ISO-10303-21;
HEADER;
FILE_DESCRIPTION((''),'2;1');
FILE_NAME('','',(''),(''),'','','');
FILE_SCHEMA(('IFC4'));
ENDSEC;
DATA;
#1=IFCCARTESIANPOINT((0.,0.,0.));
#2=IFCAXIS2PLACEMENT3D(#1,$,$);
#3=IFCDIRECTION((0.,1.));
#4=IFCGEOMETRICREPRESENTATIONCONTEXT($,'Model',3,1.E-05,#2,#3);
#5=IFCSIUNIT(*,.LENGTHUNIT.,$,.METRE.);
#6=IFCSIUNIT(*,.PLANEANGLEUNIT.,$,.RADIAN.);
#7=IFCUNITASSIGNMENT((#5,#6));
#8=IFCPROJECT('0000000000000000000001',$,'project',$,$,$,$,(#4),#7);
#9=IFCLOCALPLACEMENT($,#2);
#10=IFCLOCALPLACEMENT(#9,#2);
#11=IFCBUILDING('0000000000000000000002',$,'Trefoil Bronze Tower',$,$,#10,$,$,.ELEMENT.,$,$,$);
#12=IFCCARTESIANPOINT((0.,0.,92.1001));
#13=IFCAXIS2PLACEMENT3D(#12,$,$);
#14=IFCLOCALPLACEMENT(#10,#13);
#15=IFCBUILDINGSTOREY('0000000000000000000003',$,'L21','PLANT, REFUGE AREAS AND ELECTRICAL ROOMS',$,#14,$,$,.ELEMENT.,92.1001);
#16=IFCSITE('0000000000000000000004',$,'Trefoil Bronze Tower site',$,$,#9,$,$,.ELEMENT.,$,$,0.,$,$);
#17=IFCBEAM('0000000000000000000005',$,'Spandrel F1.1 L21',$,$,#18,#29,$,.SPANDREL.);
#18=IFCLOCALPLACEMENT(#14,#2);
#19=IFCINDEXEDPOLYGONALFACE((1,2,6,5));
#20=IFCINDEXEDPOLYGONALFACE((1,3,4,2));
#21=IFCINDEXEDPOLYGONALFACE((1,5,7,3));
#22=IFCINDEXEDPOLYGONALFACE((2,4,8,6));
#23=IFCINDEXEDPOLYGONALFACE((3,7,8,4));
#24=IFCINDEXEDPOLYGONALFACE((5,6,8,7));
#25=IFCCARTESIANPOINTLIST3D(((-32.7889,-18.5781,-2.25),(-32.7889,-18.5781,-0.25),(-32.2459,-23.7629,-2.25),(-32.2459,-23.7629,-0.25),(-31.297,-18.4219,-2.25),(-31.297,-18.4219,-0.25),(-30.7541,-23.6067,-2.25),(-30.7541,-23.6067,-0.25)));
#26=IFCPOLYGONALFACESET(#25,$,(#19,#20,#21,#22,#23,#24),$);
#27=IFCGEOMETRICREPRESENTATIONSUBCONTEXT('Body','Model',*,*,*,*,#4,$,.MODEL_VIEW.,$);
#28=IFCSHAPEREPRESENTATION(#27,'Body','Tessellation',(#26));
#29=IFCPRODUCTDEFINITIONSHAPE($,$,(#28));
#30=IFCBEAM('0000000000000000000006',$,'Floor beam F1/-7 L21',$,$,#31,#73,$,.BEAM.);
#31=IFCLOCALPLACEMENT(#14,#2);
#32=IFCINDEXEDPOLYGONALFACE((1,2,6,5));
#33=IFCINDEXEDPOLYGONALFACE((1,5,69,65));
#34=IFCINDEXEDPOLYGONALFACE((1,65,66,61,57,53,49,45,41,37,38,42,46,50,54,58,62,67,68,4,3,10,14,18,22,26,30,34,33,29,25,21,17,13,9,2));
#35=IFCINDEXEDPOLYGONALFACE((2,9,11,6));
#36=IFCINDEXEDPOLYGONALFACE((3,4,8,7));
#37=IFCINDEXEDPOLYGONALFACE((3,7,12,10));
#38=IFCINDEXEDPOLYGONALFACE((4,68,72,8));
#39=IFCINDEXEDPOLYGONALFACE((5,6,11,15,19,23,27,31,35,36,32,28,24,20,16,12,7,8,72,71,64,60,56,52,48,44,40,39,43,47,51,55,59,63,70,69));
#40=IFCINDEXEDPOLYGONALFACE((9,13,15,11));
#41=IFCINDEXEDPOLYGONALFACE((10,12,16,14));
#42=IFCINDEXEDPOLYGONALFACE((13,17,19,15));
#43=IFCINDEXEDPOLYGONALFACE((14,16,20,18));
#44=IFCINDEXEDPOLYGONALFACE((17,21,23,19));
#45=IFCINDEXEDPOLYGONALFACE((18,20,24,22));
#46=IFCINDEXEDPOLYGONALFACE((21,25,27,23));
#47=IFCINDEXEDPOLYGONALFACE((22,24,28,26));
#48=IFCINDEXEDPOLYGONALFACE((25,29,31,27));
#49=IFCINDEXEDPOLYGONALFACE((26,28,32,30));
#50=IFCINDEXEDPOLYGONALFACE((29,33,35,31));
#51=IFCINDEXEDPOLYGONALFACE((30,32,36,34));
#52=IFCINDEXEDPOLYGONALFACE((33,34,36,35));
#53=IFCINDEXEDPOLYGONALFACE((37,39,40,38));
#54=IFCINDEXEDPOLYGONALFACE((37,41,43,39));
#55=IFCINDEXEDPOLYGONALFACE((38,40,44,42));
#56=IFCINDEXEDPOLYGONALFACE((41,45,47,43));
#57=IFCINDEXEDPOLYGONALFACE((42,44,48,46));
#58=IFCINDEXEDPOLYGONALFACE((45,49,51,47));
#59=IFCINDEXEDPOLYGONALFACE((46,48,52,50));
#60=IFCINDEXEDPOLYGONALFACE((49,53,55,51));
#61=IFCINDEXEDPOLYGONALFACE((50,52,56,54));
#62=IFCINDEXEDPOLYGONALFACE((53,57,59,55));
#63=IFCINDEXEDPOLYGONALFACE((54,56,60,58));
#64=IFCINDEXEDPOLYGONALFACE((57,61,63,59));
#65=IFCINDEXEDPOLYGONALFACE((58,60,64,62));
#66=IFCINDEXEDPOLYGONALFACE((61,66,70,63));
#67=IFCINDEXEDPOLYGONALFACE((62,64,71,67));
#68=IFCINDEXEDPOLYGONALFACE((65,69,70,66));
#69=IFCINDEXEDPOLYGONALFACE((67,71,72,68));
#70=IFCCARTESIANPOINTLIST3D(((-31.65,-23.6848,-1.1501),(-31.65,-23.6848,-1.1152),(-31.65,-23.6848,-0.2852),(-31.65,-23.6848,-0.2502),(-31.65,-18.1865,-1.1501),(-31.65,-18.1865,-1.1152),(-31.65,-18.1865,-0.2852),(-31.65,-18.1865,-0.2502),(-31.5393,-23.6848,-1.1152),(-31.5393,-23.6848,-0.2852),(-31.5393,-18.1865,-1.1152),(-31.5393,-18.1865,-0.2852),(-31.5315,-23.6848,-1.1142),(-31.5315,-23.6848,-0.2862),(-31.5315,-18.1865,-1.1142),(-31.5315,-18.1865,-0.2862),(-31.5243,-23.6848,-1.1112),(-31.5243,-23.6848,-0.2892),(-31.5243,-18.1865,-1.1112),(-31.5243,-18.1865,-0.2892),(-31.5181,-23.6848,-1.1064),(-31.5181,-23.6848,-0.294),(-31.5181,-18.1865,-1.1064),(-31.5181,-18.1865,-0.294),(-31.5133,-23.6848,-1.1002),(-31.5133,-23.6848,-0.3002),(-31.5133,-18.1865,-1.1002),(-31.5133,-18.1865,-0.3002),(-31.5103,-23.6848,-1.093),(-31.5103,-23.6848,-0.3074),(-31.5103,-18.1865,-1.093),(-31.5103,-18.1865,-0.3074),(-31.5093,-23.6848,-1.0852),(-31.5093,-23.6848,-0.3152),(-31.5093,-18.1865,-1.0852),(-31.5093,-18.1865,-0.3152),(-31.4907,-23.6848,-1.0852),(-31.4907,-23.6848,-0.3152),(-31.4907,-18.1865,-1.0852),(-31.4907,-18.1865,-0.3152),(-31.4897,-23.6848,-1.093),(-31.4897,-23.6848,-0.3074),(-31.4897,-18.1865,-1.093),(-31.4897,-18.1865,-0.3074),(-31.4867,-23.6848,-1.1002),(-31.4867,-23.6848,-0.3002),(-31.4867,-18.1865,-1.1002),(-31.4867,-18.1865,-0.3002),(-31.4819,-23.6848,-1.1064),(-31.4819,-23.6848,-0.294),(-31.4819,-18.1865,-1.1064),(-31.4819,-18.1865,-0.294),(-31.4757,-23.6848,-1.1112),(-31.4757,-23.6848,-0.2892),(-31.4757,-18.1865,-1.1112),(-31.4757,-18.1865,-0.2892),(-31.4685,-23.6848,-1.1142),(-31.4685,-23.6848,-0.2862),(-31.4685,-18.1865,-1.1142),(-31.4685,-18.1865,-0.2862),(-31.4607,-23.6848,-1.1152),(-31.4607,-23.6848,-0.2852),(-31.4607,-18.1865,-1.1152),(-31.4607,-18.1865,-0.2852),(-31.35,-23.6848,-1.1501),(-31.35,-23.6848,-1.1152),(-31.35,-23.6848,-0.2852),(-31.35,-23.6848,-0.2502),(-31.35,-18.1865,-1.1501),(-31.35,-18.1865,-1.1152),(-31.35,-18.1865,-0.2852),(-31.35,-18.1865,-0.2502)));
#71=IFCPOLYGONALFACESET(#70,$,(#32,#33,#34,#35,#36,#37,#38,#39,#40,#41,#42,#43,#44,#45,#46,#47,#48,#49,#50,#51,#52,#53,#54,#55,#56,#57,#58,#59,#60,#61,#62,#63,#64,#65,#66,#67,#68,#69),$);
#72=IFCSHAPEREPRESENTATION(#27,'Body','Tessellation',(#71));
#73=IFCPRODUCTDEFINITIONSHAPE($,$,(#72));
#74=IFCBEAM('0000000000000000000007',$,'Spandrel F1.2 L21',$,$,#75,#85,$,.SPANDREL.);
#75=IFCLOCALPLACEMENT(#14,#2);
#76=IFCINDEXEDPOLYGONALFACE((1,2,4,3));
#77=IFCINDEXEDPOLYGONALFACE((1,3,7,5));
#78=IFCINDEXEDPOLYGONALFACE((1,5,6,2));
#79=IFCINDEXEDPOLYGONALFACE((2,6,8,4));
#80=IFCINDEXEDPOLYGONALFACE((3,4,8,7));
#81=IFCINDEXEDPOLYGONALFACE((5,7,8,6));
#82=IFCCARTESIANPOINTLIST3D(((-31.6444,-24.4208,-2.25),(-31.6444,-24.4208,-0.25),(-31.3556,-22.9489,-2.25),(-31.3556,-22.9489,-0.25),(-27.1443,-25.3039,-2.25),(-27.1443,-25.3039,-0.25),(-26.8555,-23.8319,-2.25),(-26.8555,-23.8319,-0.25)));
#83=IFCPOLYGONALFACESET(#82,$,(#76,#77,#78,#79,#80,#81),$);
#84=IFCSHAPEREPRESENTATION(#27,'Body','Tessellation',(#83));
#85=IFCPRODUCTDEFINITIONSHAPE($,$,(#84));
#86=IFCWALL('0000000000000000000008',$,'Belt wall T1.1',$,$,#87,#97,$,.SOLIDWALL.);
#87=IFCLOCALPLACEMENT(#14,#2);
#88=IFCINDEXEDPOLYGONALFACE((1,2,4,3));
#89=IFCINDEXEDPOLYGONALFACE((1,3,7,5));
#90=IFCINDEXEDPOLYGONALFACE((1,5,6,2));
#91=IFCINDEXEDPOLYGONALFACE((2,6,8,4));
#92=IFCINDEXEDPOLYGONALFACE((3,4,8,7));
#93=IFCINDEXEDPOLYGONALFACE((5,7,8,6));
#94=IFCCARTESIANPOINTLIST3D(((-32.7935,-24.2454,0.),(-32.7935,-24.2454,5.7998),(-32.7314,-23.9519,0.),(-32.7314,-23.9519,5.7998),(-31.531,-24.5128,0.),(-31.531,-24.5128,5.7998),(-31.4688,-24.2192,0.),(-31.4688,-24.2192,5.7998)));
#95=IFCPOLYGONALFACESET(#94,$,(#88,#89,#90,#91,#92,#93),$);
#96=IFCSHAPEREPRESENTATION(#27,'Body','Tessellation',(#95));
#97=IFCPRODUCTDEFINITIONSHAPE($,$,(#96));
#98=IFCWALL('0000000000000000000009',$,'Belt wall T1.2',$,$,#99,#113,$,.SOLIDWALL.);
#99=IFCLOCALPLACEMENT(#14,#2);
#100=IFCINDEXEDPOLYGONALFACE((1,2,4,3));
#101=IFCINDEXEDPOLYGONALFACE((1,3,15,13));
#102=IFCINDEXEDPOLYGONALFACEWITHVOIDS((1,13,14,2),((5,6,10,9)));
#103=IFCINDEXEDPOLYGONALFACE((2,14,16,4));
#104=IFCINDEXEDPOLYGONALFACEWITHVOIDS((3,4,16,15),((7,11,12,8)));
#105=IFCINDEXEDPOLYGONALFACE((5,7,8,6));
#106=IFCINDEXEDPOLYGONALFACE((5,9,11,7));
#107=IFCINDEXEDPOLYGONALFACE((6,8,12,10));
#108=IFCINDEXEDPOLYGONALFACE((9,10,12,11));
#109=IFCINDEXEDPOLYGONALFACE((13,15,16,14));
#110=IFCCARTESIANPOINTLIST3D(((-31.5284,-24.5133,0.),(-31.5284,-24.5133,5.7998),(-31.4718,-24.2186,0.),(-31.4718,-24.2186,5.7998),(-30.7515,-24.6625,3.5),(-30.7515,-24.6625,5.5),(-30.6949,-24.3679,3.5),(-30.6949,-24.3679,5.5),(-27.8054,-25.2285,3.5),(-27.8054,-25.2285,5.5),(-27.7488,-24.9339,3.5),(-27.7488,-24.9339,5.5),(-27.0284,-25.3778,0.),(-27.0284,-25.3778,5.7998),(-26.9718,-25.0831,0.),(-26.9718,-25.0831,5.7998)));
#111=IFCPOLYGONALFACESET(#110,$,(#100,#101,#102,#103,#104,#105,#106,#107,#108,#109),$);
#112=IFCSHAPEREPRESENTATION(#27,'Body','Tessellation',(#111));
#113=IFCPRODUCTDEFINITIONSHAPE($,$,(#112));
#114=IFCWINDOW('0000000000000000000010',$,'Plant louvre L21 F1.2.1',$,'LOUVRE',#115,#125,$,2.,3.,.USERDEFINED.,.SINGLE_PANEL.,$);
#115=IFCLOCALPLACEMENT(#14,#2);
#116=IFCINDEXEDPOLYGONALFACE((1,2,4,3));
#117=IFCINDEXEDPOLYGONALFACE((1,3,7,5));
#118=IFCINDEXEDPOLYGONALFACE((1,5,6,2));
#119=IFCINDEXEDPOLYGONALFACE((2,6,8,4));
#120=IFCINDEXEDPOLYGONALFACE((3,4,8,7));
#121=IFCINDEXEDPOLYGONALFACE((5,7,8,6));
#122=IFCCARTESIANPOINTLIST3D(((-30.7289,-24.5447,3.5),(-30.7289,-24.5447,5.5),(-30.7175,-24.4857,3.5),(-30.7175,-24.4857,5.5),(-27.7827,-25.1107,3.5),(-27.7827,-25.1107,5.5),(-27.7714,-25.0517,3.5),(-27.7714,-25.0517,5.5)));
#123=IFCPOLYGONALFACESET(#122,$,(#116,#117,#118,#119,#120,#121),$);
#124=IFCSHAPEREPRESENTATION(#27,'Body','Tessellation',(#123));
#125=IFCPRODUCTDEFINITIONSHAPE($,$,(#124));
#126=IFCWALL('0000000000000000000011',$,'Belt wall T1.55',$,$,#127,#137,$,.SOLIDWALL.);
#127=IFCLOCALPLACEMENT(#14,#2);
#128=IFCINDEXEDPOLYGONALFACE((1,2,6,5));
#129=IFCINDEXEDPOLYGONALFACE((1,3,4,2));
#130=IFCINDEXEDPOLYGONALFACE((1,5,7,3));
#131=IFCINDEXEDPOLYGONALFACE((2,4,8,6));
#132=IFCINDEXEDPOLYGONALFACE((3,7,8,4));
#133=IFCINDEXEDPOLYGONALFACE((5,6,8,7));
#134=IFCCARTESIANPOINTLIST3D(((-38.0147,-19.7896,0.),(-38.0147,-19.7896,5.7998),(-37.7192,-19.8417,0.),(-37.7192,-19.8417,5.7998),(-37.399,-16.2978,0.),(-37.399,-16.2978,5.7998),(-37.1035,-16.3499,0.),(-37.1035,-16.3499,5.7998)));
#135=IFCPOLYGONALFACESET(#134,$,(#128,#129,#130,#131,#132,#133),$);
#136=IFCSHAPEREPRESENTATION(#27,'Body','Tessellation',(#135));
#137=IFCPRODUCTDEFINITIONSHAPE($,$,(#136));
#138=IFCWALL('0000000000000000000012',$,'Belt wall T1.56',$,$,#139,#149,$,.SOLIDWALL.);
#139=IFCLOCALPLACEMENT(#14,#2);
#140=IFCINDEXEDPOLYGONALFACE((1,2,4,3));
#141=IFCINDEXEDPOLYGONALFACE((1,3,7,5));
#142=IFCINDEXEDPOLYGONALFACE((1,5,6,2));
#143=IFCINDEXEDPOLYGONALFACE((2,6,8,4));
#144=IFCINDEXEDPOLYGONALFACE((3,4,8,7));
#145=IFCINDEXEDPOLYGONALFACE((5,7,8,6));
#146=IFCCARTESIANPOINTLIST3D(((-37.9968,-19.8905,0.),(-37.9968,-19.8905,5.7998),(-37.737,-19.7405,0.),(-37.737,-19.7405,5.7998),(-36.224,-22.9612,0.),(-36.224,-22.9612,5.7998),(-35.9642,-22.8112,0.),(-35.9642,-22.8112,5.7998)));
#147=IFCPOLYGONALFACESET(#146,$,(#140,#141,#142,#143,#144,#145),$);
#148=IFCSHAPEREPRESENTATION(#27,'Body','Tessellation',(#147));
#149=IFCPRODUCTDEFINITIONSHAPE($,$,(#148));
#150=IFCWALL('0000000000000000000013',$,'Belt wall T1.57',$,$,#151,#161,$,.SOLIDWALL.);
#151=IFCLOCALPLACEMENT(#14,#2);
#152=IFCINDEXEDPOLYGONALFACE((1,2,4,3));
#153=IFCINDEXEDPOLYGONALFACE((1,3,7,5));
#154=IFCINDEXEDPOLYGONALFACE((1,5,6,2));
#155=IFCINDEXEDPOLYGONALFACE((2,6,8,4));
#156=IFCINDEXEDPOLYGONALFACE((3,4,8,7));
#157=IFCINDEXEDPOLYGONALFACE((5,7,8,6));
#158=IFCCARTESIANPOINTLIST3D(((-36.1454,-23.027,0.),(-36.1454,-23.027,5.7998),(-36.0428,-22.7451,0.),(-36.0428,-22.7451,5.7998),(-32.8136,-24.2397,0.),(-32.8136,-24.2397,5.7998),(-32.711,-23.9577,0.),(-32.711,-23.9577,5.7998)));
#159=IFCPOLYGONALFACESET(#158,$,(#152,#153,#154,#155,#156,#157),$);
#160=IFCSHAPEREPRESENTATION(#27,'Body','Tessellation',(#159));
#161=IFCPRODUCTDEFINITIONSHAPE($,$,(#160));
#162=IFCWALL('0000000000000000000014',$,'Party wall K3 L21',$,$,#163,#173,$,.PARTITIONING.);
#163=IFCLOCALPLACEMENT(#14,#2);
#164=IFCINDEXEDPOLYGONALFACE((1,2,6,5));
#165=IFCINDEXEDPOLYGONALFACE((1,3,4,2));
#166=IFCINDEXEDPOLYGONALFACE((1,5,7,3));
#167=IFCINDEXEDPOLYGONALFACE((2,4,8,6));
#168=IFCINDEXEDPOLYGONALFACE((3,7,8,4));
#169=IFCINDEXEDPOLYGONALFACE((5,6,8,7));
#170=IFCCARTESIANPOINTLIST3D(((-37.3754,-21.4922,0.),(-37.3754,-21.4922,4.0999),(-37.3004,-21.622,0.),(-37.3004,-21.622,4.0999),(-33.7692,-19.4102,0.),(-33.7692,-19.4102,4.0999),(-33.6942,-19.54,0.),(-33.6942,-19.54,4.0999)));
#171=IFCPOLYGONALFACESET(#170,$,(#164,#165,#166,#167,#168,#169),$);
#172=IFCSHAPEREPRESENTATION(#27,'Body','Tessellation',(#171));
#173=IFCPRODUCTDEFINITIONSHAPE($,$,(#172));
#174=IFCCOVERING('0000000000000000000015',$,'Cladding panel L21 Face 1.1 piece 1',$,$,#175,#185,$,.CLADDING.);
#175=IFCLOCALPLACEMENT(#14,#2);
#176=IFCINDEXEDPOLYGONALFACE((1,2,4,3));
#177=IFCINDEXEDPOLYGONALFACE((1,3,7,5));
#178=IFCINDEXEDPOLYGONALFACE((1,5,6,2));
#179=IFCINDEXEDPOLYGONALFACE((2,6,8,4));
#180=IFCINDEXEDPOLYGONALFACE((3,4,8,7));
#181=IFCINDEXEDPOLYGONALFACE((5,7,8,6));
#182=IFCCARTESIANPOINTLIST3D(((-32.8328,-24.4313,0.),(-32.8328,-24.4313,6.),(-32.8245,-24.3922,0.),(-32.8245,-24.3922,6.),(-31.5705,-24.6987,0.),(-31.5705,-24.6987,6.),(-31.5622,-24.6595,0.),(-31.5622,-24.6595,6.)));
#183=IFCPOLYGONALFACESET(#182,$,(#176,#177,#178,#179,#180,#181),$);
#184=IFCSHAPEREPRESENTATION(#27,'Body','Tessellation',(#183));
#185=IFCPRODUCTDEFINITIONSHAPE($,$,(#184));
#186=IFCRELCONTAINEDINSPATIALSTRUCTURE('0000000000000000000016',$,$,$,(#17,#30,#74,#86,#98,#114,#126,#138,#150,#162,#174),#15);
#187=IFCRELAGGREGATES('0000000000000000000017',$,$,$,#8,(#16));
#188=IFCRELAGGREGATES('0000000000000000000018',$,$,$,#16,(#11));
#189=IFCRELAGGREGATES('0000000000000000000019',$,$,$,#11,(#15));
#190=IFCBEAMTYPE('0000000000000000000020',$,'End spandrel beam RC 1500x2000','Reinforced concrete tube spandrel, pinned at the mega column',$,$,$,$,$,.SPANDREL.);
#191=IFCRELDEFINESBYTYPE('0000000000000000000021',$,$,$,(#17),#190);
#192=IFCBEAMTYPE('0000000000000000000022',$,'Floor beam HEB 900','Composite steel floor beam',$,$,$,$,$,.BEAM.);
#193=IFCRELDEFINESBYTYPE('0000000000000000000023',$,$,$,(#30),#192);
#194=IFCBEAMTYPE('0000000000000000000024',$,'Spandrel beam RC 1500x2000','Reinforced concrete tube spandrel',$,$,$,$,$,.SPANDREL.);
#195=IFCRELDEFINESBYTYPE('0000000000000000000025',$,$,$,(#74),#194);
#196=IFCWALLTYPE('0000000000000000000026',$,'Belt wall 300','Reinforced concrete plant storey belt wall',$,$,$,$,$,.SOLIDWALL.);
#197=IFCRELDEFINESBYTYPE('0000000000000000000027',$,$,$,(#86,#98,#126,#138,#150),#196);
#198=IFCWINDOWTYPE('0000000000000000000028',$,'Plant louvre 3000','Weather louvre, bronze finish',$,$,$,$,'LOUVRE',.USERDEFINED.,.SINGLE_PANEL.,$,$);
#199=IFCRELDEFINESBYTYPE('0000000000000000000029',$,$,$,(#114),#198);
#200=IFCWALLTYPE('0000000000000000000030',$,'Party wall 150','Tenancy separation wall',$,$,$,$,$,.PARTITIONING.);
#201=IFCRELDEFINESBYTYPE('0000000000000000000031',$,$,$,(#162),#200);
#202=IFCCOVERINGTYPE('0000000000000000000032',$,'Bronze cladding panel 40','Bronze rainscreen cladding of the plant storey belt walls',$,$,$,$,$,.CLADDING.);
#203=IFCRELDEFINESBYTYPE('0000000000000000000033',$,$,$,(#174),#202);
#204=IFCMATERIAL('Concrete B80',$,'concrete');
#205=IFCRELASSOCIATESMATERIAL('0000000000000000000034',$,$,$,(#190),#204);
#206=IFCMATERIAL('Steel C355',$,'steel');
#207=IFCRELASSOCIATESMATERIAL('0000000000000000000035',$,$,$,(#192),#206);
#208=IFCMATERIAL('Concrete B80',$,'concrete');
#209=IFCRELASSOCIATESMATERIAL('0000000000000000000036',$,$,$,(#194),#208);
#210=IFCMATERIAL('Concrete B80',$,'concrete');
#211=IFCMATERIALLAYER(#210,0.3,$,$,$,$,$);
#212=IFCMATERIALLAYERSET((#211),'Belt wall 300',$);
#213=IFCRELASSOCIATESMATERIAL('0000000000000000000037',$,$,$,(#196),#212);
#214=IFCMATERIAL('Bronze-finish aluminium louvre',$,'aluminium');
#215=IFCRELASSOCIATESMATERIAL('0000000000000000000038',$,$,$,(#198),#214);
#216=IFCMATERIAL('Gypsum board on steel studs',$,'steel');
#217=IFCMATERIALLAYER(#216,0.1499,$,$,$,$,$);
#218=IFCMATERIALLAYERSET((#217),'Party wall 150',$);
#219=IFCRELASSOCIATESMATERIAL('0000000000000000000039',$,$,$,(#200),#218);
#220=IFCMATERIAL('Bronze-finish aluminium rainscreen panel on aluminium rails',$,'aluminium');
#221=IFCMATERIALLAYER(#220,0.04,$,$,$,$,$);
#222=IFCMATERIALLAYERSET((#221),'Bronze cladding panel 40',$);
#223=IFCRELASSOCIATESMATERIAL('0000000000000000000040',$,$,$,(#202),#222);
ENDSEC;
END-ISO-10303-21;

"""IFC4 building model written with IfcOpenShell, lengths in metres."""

from ifc_helpers import new_model, si_unit, direction, frame, frame_2d, origin, origin_2d, place, context, subcontext, project, spatial, rectangle, i_section, extrude, material, layer, layer_set, material_profile, profile_set, type_object, element, fill, save


model = new_model("IFC4")

# Units and contexts
model_context = context("Model", 3, precision=1e-05, world=origin(), true_north=direction((0.0, 1.0)))
body_context = subcontext(model_context, "Body", "Model", "MODEL_VIEW")
ifc_project = project(units=[si_unit("LENGTHUNIT", "METRE"), si_unit("PLANEANGLEUNIT", "RADIAN")], contexts=[model_context])

# Site, building, storey
site_placement = place(None, origin())
site = spatial("IfcSite", under=ifc_project, at=site_placement, Name="Trefoil Bronze Tower site", CompositionType="ELEMENT", RefElevation=0.0)
building_placement = place(site_placement, origin())
building = spatial("IfcBuilding", under=site, at=building_placement, Name="Trefoil Bronze Tower", CompositionType="ELEMENT")
storey_placement = place(building_placement, frame((0.0, 0.0, 92.1001)))
storey = spatial("IfcBuildingStorey", under=building, at=storey_placement, Name="L21", Description="PLANT, REFUGE AREAS AND ELECTRICAL ROOMS", CompositionType="ELEMENT", Elevation=92.1001)

# Beams
ifc_material_1 = material(Name="Concrete B80", Category="concrete")
ifc_material_profile_1 = material_profile(ifc_material_1, rectangle(XDim=1.5, YDim=2.0, at=origin_2d()), Name="RC 1500x2000")
ifc_profile_set_1 = profile_set([ifc_material_profile_1], Name="Concrete B80")
beam_type_1 = type_object("IfcBeamType", Name="End spandrel beam RC 1500x2000", Description="Reinforced concrete tube spandrel, pinned at the mega column", PredefinedType="SPANDREL", material=ifc_profile_set_1)
beam_1_placement = place(storey_placement, frame((-32.043, -18.5, -1.25), z_axis=(0.104153, -0.994561, 0.0), x_axis=(0.994561, 0.104153, 0.0)))
element("IfcBeam", 1, at=beam_1_placement, inside=storey, type_object=beam_type_1, Name="Spandrel F1.1 L21", PredefinedType="SPANDREL", context=body_context, shape_type="SweptSolid", body=[
    extrude(rectangle(XDim=1.5, YDim=2.0, at=origin_2d()), origin(), (0.0, 0.0, 1.0), 5.2131),
])
ifc_material_2 = material(Name="Steel C355", Category="steel")
ifc_material_profile_2 = material_profile(ifc_material_2, i_section(OverallWidth=0.3, OverallDepth=0.8999, WebThickness=0.0186, FlangeThickness=0.0349, FilletRadius=0.03, at=origin_2d()), Name="HEB 900")
ifc_profile_set_2 = profile_set([ifc_material_profile_2], Name="Steel C355")
beam_type_2 = type_object("IfcBeamType", Name="Floor beam HEB 900", Description="Composite steel floor beam", PredefinedType="BEAM", material=ifc_profile_set_2)
beam_2_placement = place(storey_placement, frame((-31.5, -23.6848, -0.7002), z_axis=(0.0, 1.0, 0.0), x_axis=(-1.0, 0.0, 0.0)))
element("IfcBeam", 2, at=beam_2_placement, inside=storey, type_object=beam_type_2, Name="Floor beam F1/-7 L21", PredefinedType="BEAM", context=body_context, shape_type="SweptSolid", body=[
    extrude(i_section(OverallWidth=0.3, OverallDepth=0.8999, WebThickness=0.0186, FlangeThickness=0.0349, FilletRadius=0.03, at=origin_2d()), origin(), (0.0, 0.0, 1.0), 5.4983),
])
ifc_material_3 = material(Name="Concrete B80", Category="concrete")
ifc_material_profile_3 = material_profile(ifc_material_3, rectangle(XDim=1.5, YDim=2.0, at=origin_2d()), Name="RC 1500x2000")
ifc_profile_set_3 = profile_set([ifc_material_profile_3], Name="Concrete B80")
beam_type_3 = type_object("IfcBeamType", Name="Spandrel beam RC 1500x2000", Description="Reinforced concrete tube spandrel", PredefinedType="SPANDREL", material=ifc_profile_set_3)
beam_3_placement = place(storey_placement, frame((-31.5, -23.6848, -1.25), z_axis=(0.981285, -0.192562, 0.0), x_axis=(0.192562, 0.981285, 0.0)))
element("IfcBeam", 3, at=beam_3_placement, inside=storey, type_object=beam_type_3, Name="Spandrel F1.2 L21", PredefinedType="SPANDREL", context=body_context, shape_type="SweptSolid", body=[
    extrude(rectangle(XDim=1.5, YDim=2.0, at=origin_2d()), origin(), (0.0, 0.0, 1.0), 4.5859),
])

# Wall
ifc_material_4 = material(Name="Concrete B80", Category="concrete")
ifc_layer_1 = layer(ifc_material_4, 0.3)
ifc_layer_set_1 = layer_set([ifc_layer_1], Name="Belt wall 300")
wall_type_1 = type_object("IfcWallType", Name="Belt wall 300", Description="Reinforced concrete plant storey belt wall", PredefinedType="SOLIDWALL", material=ifc_layer_set_1)
wall_1_placement = place(storey_placement, frame((-32.7625, -24.0986, 0.0), z_axis=(0.0, 0.0, 1.0), x_axis=(0.978306, -0.207164, 0.0)))
element("IfcWall", 4, at=wall_1_placement, inside=storey, type_object=wall_type_1, Name="Belt wall T1.1", PredefinedType="SOLIDWALL", context=body_context, shape_type="SweptSolid", body=[
    extrude(rectangle(XDim=1.2905, YDim=0.3, at=frame_2d((0.6453, 0.0))), origin(), (0.0, 0.0, 1.0), 5.7998),
])

# Wall, opening, window
wall_2_placement = place(storey_placement, frame((-31.5, -24.366, 0.0), z_axis=(0.0, 0.0, 1.0), x_axis=(0.982042, -0.188662, 0.0)))
wall_2 = element("IfcWall", 5, at=wall_2_placement, inside=storey, type_object=wall_type_1, Name="Belt wall T1.2", PredefinedType="SOLIDWALL", context=body_context, shape_type="SweptSolid", body=[
    extrude(rectangle(XDim=4.5823, YDim=0.3, at=frame_2d((2.291, 0.0))), origin(), (0.0, 0.0, 1.0), 5.7998),
])
opening_placement = place(wall_2_placement, frame((0.791, 0.0, 3.5)))
opening = element("IfcOpeningElement", 6, at=opening_placement, cuts=wall_2, PredefinedType="OPENING", context=body_context, shape_type="SweptSolid", body=[
    extrude(rectangle(XDim=3.0, YDim=2.0, at=frame_2d((1.5, 1.0))), frame((0.0, 0.1599, 0.0), z_axis=(0.0, -1.0, 0.0), x_axis=(1.0, 0.0, 0.0)), (0.0, 0.0, 1.0), 0.3201),
])
ifc_material_5 = material(Name="Bronze-finish aluminium louvre", Category="aluminium")
window_type = type_object("IfcWindowType", Name="Plant louvre 3000", Description="Weather louvre, bronze finish", ElementType="LOUVRE", PartitioningType="SINGLE_PANEL", PredefinedType="USERDEFINED", material=ifc_material_5)
window_placement = place(opening_placement, origin())
window = element("IfcWindow", 7, at=window_placement, inside=storey, type_object=window_type, Name="Plant louvre L21 F1.2.1", ObjectType="LOUVRE", OverallHeight=2.0, OverallWidth=3.0, PartitioningType="SINGLE_PANEL", PredefinedType="USERDEFINED", context=body_context, shape_type="SweptSolid", body=[
    extrude(rectangle(XDim=3.0, YDim=2.0, at=frame_2d((1.5, 1.0))), frame((0.0, 0.03, 0.0), z_axis=(0.0, -1.0, 0.0), x_axis=(1.0, 0.0, 0.0)), (0.0, 0.0, 1.0), 0.0601),
])
fill(opening, window)

# Walls
for number, where, z_axis, x_axis, name in (
    (8, (-37.2512, -16.3237, 0.0), (0.0, 0.0, 1.0), (-0.17366, -0.984806, 0.0), "Belt wall T1.55"),
    (9, (-37.8669, -19.8154, 0.0), (0.0, 0.0, 1.0), (0.499983, -0.866035, 0.0), "Belt wall T1.56"),
    (10, (-36.0942, -22.886, 0.0), (0.0, 0.0, 1.0), (0.939695, -0.342014, 0.0), "Belt wall T1.57"),
):
    element("IfcWall", number, at=place(storey_placement, frame(where, z_axis=z_axis, x_axis=x_axis)), inside=storey, type_object=wall_type_1, Name=name, PredefinedType="SOLIDWALL", context=body_context, shape_type="SweptSolid", body=[
        extrude(rectangle(XDim=3.5457, YDim=0.3, at=frame_2d((1.7729, 0.0))), origin(), (0.0, 0.0, 1.0), 5.7998),
    ])
ifc_material_6 = material(Name="Gypsum board on steel studs", Category="steel")
ifc_layer_2 = layer(ifc_material_6, 0.1499)
ifc_layer_set_2 = layer_set([ifc_layer_2], Name="Party wall 150")
wall_type_2 = type_object("IfcWallType", Name="Party wall 150", Description="Tenancy separation wall", PredefinedType="PARTITIONING", material=ifc_layer_set_2)
wall_3_placement = place(storey_placement, frame((-33.7317, -19.4751, 0.0), z_axis=(0.0, 0.0, 1.0), x_axis=(-0.866026, -0.499998, 0.0)))
element("IfcWall", 11, at=wall_3_placement, inside=storey, type_object=wall_type_2, Name="Party wall K3 L21", PredefinedType="PARTITIONING", context=body_context, shape_type="SweptSolid", body=[
    extrude(rectangle(XDim=4.1641, YDim=0.1499, at=frame_2d((2.082, 0.0))), origin(), (0.0, 0.0, 1.0), 4.0999),
])

# Covering
ifc_material_7 = material(Name="Bronze-finish aluminium rainscreen panel on aluminium rails", Category="aluminium")
ifc_layer_3 = layer(ifc_material_7, 0.04)
ifc_layer_set_3 = layer_set([ifc_layer_3], Name="Bronze cladding panel 40")
covering_type_1 = type_object("IfcCoveringType", Name="Bronze cladding panel 40", Description="Bronze rainscreen cladding of the plant storey belt walls", PredefinedType="CLADDING", material=ifc_layer_set_3)
covering_1_placement = place(storey_placement, frame((-32.1975, -24.5454, 0.0), z_axis=(0.0, 0.0, 1.0), x_axis=(0.978303, -0.207181, 0.0)))
element("IfcCovering", 12, at=covering_1_placement, inside=storey, type_object=covering_type_1, Name="Cladding panel L21 Face 1.1 piece 1", PredefinedType="CLADDING", context=body_context, shape_type="SweptSolid", body=[
    extrude(rectangle(XDim=1.2903, YDim=0.04, at=origin_2d()), origin(), (0.0, 0.0, 1.0), 6.0),
])

save(model, "model.ifc")
